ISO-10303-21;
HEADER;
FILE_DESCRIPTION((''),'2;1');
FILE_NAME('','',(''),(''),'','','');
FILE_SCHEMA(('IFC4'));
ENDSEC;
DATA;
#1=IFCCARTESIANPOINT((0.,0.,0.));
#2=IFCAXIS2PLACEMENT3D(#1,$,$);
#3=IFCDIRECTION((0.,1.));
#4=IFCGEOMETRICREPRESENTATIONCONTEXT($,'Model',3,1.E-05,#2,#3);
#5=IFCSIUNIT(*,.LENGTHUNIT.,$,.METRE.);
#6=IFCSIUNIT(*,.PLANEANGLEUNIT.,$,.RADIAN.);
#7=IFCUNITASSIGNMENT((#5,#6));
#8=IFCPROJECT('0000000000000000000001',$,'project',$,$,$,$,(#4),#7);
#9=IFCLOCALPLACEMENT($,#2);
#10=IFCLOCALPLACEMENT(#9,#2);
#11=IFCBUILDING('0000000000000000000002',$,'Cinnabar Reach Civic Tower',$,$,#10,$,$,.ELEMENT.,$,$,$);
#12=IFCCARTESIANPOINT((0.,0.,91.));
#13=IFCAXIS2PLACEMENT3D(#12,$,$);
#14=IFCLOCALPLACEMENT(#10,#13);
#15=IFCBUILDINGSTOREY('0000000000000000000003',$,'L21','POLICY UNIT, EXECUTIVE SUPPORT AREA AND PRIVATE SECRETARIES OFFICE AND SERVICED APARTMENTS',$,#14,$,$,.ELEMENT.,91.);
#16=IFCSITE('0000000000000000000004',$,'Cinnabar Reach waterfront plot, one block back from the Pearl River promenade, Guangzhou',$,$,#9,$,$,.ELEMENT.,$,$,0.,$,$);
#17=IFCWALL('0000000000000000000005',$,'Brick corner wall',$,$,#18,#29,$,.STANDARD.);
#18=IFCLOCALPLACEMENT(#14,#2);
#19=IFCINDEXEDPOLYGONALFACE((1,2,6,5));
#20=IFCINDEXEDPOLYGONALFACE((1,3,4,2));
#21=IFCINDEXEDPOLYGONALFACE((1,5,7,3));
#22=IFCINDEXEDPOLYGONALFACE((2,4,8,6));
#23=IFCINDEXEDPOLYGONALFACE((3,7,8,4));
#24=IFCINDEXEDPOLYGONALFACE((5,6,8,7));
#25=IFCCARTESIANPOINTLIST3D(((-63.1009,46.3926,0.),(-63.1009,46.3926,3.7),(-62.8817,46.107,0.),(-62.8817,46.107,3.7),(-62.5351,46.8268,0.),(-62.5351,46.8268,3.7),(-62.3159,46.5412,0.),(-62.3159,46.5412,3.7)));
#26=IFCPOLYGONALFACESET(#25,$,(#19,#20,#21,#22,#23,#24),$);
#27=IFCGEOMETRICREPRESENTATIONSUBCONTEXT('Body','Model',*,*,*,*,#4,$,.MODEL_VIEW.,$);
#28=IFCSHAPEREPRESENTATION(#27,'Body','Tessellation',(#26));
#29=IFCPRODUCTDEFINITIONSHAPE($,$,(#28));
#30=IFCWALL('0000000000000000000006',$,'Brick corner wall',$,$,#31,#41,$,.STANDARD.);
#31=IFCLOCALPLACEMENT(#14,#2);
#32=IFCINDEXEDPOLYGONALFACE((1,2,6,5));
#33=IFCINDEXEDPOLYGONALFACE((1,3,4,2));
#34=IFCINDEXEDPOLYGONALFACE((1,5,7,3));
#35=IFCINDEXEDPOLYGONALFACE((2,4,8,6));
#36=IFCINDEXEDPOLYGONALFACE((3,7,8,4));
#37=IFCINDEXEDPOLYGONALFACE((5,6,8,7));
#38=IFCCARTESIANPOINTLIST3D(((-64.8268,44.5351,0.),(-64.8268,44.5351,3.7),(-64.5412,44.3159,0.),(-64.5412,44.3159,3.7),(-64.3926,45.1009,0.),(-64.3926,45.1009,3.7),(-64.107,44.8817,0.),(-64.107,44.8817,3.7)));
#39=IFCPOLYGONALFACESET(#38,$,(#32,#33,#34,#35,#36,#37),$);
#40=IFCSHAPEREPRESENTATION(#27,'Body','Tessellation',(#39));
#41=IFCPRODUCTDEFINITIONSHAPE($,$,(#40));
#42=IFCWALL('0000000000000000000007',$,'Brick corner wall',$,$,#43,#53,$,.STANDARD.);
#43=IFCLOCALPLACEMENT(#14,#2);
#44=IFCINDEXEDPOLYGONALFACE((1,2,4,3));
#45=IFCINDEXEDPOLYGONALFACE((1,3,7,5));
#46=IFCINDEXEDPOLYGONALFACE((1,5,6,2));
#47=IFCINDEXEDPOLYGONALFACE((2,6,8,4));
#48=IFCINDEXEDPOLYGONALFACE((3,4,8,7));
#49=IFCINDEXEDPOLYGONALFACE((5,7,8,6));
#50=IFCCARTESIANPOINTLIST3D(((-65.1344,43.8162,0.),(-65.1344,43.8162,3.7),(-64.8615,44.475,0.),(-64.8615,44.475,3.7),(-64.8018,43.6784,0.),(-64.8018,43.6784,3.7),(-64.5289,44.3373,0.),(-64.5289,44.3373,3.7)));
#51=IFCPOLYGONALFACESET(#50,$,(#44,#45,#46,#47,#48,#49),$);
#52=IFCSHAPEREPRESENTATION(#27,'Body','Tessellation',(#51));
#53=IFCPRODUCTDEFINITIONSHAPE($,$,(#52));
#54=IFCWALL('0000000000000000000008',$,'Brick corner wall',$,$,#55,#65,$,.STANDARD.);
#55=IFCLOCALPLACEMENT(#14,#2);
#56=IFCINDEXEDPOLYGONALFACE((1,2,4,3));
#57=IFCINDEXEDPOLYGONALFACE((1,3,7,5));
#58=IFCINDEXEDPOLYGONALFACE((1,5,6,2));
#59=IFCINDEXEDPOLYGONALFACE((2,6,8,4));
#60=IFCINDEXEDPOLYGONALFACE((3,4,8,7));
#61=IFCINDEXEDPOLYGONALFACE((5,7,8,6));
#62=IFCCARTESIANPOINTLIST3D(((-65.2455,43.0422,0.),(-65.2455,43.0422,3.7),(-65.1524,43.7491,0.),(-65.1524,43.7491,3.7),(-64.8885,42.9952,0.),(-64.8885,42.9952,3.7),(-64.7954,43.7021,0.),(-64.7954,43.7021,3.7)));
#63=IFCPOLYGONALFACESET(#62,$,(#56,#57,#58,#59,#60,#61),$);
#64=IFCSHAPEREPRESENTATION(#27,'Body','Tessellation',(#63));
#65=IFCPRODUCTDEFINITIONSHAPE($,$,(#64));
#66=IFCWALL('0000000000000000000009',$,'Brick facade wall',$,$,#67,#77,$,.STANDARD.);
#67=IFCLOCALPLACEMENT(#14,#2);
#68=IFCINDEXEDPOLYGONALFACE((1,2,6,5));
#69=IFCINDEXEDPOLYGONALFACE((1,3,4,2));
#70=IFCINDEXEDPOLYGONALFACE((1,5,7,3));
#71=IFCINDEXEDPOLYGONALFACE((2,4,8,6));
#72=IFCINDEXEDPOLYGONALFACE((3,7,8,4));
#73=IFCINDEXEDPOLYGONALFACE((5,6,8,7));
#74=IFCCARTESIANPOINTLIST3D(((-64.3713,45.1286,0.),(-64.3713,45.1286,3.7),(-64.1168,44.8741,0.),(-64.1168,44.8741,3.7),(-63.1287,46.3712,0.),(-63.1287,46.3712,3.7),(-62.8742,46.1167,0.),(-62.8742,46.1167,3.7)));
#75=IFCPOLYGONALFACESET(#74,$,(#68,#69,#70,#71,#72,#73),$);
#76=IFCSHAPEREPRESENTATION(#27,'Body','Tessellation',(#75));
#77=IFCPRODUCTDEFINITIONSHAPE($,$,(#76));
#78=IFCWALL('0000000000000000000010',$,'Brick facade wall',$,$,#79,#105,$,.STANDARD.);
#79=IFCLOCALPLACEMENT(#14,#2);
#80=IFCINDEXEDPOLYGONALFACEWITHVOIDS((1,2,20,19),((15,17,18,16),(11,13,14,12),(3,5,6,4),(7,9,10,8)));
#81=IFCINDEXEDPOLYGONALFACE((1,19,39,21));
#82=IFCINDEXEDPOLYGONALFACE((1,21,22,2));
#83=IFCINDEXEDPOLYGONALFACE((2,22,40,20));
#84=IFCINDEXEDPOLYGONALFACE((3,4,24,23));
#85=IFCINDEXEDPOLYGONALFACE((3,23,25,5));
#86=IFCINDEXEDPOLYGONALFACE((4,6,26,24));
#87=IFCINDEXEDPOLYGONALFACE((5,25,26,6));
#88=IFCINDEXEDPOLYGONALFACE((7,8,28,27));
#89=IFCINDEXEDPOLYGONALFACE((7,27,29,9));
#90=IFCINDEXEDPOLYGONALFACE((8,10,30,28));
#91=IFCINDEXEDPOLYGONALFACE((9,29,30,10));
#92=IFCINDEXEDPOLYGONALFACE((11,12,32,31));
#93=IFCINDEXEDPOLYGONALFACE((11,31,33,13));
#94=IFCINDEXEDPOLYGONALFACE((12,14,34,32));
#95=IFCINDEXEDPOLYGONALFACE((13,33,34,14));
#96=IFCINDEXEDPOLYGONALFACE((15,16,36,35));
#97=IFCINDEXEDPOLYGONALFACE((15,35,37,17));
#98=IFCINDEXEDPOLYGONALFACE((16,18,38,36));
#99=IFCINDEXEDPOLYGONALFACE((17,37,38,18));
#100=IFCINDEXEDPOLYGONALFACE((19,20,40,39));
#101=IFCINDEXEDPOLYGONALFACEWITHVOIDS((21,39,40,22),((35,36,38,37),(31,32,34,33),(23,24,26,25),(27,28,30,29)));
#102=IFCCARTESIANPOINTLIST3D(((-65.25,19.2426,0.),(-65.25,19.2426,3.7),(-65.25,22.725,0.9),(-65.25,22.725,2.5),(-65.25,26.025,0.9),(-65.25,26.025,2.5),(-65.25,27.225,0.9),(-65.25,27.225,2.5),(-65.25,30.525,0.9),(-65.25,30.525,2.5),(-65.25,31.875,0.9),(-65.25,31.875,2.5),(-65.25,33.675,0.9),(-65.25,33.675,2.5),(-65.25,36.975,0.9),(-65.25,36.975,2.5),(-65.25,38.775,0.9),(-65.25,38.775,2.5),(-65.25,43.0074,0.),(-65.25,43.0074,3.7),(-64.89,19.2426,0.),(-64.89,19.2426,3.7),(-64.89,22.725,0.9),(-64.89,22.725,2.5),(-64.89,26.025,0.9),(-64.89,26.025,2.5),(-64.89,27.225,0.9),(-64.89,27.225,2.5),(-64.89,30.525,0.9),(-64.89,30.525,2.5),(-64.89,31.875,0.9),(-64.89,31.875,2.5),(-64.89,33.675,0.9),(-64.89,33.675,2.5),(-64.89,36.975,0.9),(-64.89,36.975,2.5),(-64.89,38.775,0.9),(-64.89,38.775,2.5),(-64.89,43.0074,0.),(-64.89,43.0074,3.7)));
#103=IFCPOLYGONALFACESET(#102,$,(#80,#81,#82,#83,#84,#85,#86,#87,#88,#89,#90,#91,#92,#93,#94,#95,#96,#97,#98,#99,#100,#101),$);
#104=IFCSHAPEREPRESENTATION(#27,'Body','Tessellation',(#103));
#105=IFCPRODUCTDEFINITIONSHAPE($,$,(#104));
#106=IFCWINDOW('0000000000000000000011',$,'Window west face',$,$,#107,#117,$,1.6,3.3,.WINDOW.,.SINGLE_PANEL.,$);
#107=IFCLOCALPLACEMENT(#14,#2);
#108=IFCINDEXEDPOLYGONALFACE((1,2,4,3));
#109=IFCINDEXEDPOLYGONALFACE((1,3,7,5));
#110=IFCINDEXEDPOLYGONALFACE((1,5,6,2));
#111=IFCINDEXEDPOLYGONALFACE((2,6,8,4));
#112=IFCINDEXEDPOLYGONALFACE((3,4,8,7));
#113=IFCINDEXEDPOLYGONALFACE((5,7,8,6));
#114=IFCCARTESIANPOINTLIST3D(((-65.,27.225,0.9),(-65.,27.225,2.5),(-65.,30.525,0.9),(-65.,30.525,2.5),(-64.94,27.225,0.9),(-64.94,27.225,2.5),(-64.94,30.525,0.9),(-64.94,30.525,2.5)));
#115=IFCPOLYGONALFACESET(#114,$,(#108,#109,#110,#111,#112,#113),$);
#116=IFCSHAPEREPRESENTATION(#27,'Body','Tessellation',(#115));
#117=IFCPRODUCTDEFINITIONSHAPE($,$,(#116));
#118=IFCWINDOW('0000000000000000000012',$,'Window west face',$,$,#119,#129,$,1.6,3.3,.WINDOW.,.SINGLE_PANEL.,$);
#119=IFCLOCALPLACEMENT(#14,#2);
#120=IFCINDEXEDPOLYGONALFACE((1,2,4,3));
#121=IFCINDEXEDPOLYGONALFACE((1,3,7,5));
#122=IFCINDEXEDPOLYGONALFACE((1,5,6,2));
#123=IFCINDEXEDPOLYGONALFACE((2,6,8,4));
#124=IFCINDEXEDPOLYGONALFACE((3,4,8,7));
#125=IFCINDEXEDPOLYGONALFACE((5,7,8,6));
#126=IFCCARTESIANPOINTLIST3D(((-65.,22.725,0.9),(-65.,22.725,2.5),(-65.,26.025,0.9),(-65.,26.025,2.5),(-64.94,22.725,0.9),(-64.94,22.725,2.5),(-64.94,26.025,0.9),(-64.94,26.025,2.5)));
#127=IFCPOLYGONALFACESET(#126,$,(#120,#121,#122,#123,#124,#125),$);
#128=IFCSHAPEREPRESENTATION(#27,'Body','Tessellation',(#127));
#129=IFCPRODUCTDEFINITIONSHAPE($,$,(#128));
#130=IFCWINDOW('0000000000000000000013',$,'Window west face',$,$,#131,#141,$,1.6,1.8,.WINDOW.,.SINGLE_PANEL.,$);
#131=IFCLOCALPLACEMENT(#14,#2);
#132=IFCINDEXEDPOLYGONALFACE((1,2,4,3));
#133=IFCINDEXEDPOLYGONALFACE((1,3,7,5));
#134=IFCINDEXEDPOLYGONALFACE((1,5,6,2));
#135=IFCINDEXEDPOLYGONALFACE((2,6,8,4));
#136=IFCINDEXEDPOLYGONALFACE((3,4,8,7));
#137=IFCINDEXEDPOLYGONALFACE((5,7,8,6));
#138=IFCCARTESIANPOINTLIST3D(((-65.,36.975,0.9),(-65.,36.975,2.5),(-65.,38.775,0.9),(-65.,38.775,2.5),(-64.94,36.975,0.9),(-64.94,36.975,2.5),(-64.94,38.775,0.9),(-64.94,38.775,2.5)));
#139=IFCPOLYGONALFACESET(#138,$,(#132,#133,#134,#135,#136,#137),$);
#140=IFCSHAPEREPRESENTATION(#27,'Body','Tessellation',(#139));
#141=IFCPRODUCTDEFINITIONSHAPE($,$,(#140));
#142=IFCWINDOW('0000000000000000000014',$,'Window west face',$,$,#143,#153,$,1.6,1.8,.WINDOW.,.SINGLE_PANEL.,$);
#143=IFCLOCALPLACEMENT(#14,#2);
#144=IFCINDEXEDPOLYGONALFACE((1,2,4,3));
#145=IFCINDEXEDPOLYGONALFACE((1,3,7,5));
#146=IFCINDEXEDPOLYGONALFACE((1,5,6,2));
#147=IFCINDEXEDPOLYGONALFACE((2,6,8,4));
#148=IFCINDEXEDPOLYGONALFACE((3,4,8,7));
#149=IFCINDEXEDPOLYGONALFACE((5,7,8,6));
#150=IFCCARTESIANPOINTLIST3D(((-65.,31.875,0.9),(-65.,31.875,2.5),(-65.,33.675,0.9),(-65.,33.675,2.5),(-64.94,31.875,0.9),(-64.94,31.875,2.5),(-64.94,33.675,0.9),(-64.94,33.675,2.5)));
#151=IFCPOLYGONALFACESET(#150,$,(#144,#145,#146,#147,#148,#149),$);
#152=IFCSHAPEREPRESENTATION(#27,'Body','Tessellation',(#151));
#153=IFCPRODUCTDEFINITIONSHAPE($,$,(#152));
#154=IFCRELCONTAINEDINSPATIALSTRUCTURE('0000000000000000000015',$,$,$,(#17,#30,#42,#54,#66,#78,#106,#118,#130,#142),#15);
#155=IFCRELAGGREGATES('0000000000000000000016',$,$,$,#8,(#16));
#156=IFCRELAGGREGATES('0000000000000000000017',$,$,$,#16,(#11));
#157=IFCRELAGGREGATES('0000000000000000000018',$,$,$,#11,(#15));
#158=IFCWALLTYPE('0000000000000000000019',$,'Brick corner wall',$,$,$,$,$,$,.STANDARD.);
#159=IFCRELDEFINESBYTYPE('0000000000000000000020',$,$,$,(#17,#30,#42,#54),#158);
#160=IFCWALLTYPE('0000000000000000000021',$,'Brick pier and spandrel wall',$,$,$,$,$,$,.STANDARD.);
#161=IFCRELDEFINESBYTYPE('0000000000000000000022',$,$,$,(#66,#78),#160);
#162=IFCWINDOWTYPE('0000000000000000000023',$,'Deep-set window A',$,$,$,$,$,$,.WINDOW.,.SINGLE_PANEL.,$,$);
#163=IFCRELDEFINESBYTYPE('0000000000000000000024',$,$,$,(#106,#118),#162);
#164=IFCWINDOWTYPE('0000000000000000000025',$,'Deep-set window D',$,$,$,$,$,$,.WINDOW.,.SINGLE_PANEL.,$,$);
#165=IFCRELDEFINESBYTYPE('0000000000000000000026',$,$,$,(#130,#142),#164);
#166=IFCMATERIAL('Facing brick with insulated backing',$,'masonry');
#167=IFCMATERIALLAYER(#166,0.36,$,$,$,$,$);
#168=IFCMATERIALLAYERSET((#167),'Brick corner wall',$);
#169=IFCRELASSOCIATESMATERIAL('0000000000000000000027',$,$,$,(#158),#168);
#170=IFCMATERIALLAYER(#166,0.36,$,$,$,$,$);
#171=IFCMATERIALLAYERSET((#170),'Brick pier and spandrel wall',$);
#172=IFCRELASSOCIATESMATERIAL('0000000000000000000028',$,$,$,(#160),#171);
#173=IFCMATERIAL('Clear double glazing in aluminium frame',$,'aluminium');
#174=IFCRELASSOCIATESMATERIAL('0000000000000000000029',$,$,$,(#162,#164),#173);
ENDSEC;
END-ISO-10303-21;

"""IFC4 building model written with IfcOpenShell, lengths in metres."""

from ifc_helpers import new_model, si_unit, direction, frame, frame_2d, origin, place, context, subcontext, project, spatial, rectangle, extrude, material, layer, layer_set, type_object, element, fill, save


model = new_model("IFC4")

# Units and contexts
model_context = context("Model", 3, precision=1e-05, world=origin(), true_north=direction((0.0, 1.0)))
body_context = subcontext(model_context, "Body", "Model", "MODEL_VIEW")
ifc_project = project(units=[si_unit("LENGTHUNIT", "METRE"), si_unit("PLANEANGLEUNIT", "RADIAN")], contexts=[model_context])

# Site, building, storey
site_placement = place(None, origin())
site = spatial("IfcSite", under=ifc_project, at=site_placement, Name="Cinnabar Reach waterfront plot, one block back from the Pearl River promenade, Guangzhou", CompositionType="ELEMENT", RefElevation=0.0)
building_placement = place(site_placement, origin())
building = spatial("IfcBuilding", under=site, at=building_placement, Name="Cinnabar Reach Civic Tower", CompositionType="ELEMENT")
storey_placement = place(building_placement, frame((0.0, 0.0, 91.0)))
storey = spatial("IfcBuildingStorey", under=building, at=storey_placement, Name="L21", Description="POLICY UNIT, EXECUTIVE SUPPORT AREA AND PRIVATE SECRETARIES OFFICE AND SERVICED APARTMENTS", CompositionType="ELEMENT", Elevation=91.0)

# Walls
ifc_material_1 = material(Name="Facing brick with insulated backing", Category="masonry")
ifc_layer_1 = layer(ifc_material_1, 0.36)
ifc_layer_set_1 = layer_set([ifc_layer_1], Name="Brick corner wall")
wall_type_1 = type_object("IfcWallType", Name="Brick corner wall", PredefinedType="STANDARD", material=ifc_layer_set_1)
for number, where, z_axis, x_axis, name in (
    (1, (-62.4255, 46.684, 0.0), (0.0, 0.0, 1.0), (-0.793322, -0.608802, 0.0), "Brick corner wall"),
    (2, (-64.2498, 44.9913, 0.0), (0.0, 0.0, 1.0), (-0.608802, -0.793322, 0.0), "Brick corner wall"),
):
    element("IfcWall", number, at=place(storey_placement, frame(where, z_axis=z_axis, x_axis=x_axis)), inside=storey, type_object=wall_type_1, Name=name, PredefinedType="STANDARD", context=body_context, shape_type="SweptSolid", body=[
        extrude(rectangle(XDim=0.7132, YDim=0.36, at=frame_2d((0.3566, 0.0))), origin(), (0.0, 0.0, 1.0), 3.7),
    ])
for number, where, z_axis, x_axis, name in (
    (3, (-64.6952, 44.4061, 0.0), (0.0, 0.0, 1.0), (-0.382703, -0.923872, 0.0), "Brick corner wall"),
    (4, (-64.9739, 43.7256, 0.0), (0.0, 0.0, 1.0), (-0.130556, -0.991441, 0.0), "Brick corner wall"),
):
    element("IfcWall", number, at=place(storey_placement, frame(where, z_axis=z_axis, x_axis=x_axis)), inside=storey, type_object=wall_type_1, Name=name, PredefinedType="STANDARD", context=body_context, shape_type="SweptSolid", body=[
        extrude(rectangle(XDim=0.7131, YDim=0.36, at=frame_2d((0.3565, 0.0))), origin(), (0.0, 0.0, 1.0), 3.7),
    ])
ifc_layer_2 = layer(ifc_material_1, 0.36)
ifc_layer_set_2 = layer_set([ifc_layer_2], Name="Brick pier and spandrel wall")
wall_type_2 = type_object("IfcWallType", Name="Brick pier and spandrel wall", PredefinedType="STANDARD", material=ifc_layer_set_2)
wall_1_placement = place(storey_placement, frame((-63.0014, 46.244, 0.0), z_axis=(0.0, 0.0, 1.0), x_axis=(-0.707107, -0.707107, 0.0)))
element("IfcWall", 5, at=wall_1_placement, inside=storey, type_object=wall_type_2, Name="Brick facade wall", PredefinedType="STANDARD", context=body_context, shape_type="SweptSolid", body=[
    extrude(rectangle(XDim=1.7573, YDim=0.36, at=frame_2d((0.8787, 0.0))), origin(), (0.0, 0.0, 1.0), 3.7),
])

# Wall, openings, windows
wall_2_placement = place(storey_placement, frame((-65.07, 43.0074, 0.0), z_axis=(0.0, 0.0, 1.0), x_axis=(0.0, -1.0, 0.0)))
wall_2 = element("IfcWall", 6, at=wall_2_placement, inside=storey, type_object=wall_type_2, Name="Brick facade wall", PredefinedType="STANDARD", context=body_context, shape_type="SweptSolid", body=[
    extrude(rectangle(XDim=23.7648, YDim=0.36, at=frame_2d((11.8824, 0.0))), origin(), (0.0, 0.0, 1.0), 3.7),
])
opening_1_placement = place(wall_2_placement, frame((4.2324, 0.0, 0.9)))
opening_1 = element("IfcOpeningElement", 7, at=opening_1_placement, cuts=wall_2, PredefinedType="OPENING", context=body_context, shape_type="SweptSolid", body=[
    extrude(rectangle(XDim=1.8, YDim=1.6, at=frame_2d((0.9, 0.8))), frame((0.0, 0.19, 0.0), z_axis=(0.0, -1.0, 0.0), x_axis=(1.0, 0.0, 0.0)), (0.0, 0.0, 1.0), 0.38),
])
opening_2_placement = place(wall_2_placement, frame((9.3324, 0.0, 0.9)))
opening_2 = element("IfcOpeningElement", 8, at=opening_2_placement, cuts=wall_2, PredefinedType="OPENING", context=body_context, shape_type="SweptSolid", body=[
    extrude(rectangle(XDim=1.8, YDim=1.6, at=frame_2d((0.9, 0.8))), frame((0.0, 0.19, 0.0), z_axis=(0.0, -1.0, 0.0), x_axis=(1.0, 0.0, 0.0)), (0.0, 0.0, 1.0), 0.38),
])
opening_3_placement = place(wall_2_placement, frame((12.4824, 0.0, 0.9)))
opening_3 = element("IfcOpeningElement", 9, at=opening_3_placement, cuts=wall_2, PredefinedType="OPENING", context=body_context, shape_type="SweptSolid", body=[
    extrude(rectangle(XDim=3.3, YDim=1.6, at=frame_2d((1.65, 0.8))), frame((0.0, 0.19, 0.0), z_axis=(0.0, -1.0, 0.0), x_axis=(1.0, 0.0, 0.0)), (0.0, 0.0, 1.0), 0.38),
])
opening_4_placement = place(wall_2_placement, frame((16.9824, 0.0, 0.9)))
opening_4 = element("IfcOpeningElement", 10, at=opening_4_placement, cuts=wall_2, PredefinedType="OPENING", context=body_context, shape_type="SweptSolid", body=[
    extrude(rectangle(XDim=3.3, YDim=1.6, at=frame_2d((1.65, 0.8))), frame((0.0, 0.19, 0.0), z_axis=(0.0, -1.0, 0.0), x_axis=(1.0, 0.0, 0.0)), (0.0, 0.0, 1.0), 0.38),
])
ifc_material_2 = material(Name="Clear double glazing in aluminium frame", Category="aluminium")
window_type_1 = type_object("IfcWindowType", Name="Deep-set window A", PartitioningType="SINGLE_PANEL", PredefinedType="WINDOW", material=ifc_material_2)
window_1_placement = place(opening_3_placement, origin())
window_1 = element("IfcWindow", 11, at=window_1_placement, inside=storey, type_object=window_type_1, Name="Window west face", OverallHeight=1.6, OverallWidth=3.3, PartitioningType="SINGLE_PANEL", PredefinedType="WINDOW", context=body_context, shape_type="SweptSolid", body=[
    extrude(rectangle(XDim=3.3, YDim=1.6, at=frame_2d((1.65, 0.8))), frame((0.0, 0.13, 0.0), z_axis=(0.0, -1.0, 0.0), x_axis=(1.0, 0.0, 0.0)), (0.0, 0.0, 1.0), 0.06),
])
fill(opening_3, window_1)
window_2_placement = place(opening_4_placement, origin())
window_2 = element("IfcWindow", 12, at=window_2_placement, inside=storey, type_object=window_type_1, Name="Window west face", OverallHeight=1.6, OverallWidth=3.3, PartitioningType="SINGLE_PANEL", PredefinedType="WINDOW", context=body_context, shape_type="SweptSolid", body=[
    extrude(rectangle(XDim=3.3, YDim=1.6, at=frame_2d((1.65, 0.8))), frame((0.0, 0.13, 0.0), z_axis=(0.0, -1.0, 0.0), x_axis=(1.0, 0.0, 0.0)), (0.0, 0.0, 1.0), 0.06),
])
fill(opening_4, window_2)
window_type_2 = type_object("IfcWindowType", Name="Deep-set window D", PartitioningType="SINGLE_PANEL", PredefinedType="WINDOW", material=ifc_material_2)
window_3_placement = place(opening_1_placement, origin())
window_3 = element("IfcWindow", 13, at=window_3_placement, inside=storey, type_object=window_type_2, Name="Window west face", OverallHeight=1.6, OverallWidth=1.8, PartitioningType="SINGLE_PANEL", PredefinedType="WINDOW", context=body_context, shape_type="SweptSolid", body=[
    extrude(rectangle(XDim=1.8, YDim=1.6, at=frame_2d((0.9, 0.8))), frame((0.0, 0.13, 0.0), z_axis=(0.0, -1.0, 0.0), x_axis=(1.0, 0.0, 0.0)), (0.0, 0.0, 1.0), 0.06),
])
fill(opening_1, window_3)
window_4_placement = place(opening_2_placement, origin())
window_4 = element("IfcWindow", 14, at=window_4_placement, inside=storey, type_object=window_type_2, Name="Window west face", OverallHeight=1.6, OverallWidth=1.8, PartitioningType="SINGLE_PANEL", PredefinedType="WINDOW", context=body_context, shape_type="SweptSolid", body=[
    extrude(rectangle(XDim=1.8, YDim=1.6, at=frame_2d((0.9, 0.8))), frame((0.0, 0.13, 0.0), z_axis=(0.0, -1.0, 0.0), x_axis=(1.0, 0.0, 0.0)), (0.0, 0.0, 1.0), 0.06),
])
fill(opening_2, window_4)

save(model, "model.ifc")
